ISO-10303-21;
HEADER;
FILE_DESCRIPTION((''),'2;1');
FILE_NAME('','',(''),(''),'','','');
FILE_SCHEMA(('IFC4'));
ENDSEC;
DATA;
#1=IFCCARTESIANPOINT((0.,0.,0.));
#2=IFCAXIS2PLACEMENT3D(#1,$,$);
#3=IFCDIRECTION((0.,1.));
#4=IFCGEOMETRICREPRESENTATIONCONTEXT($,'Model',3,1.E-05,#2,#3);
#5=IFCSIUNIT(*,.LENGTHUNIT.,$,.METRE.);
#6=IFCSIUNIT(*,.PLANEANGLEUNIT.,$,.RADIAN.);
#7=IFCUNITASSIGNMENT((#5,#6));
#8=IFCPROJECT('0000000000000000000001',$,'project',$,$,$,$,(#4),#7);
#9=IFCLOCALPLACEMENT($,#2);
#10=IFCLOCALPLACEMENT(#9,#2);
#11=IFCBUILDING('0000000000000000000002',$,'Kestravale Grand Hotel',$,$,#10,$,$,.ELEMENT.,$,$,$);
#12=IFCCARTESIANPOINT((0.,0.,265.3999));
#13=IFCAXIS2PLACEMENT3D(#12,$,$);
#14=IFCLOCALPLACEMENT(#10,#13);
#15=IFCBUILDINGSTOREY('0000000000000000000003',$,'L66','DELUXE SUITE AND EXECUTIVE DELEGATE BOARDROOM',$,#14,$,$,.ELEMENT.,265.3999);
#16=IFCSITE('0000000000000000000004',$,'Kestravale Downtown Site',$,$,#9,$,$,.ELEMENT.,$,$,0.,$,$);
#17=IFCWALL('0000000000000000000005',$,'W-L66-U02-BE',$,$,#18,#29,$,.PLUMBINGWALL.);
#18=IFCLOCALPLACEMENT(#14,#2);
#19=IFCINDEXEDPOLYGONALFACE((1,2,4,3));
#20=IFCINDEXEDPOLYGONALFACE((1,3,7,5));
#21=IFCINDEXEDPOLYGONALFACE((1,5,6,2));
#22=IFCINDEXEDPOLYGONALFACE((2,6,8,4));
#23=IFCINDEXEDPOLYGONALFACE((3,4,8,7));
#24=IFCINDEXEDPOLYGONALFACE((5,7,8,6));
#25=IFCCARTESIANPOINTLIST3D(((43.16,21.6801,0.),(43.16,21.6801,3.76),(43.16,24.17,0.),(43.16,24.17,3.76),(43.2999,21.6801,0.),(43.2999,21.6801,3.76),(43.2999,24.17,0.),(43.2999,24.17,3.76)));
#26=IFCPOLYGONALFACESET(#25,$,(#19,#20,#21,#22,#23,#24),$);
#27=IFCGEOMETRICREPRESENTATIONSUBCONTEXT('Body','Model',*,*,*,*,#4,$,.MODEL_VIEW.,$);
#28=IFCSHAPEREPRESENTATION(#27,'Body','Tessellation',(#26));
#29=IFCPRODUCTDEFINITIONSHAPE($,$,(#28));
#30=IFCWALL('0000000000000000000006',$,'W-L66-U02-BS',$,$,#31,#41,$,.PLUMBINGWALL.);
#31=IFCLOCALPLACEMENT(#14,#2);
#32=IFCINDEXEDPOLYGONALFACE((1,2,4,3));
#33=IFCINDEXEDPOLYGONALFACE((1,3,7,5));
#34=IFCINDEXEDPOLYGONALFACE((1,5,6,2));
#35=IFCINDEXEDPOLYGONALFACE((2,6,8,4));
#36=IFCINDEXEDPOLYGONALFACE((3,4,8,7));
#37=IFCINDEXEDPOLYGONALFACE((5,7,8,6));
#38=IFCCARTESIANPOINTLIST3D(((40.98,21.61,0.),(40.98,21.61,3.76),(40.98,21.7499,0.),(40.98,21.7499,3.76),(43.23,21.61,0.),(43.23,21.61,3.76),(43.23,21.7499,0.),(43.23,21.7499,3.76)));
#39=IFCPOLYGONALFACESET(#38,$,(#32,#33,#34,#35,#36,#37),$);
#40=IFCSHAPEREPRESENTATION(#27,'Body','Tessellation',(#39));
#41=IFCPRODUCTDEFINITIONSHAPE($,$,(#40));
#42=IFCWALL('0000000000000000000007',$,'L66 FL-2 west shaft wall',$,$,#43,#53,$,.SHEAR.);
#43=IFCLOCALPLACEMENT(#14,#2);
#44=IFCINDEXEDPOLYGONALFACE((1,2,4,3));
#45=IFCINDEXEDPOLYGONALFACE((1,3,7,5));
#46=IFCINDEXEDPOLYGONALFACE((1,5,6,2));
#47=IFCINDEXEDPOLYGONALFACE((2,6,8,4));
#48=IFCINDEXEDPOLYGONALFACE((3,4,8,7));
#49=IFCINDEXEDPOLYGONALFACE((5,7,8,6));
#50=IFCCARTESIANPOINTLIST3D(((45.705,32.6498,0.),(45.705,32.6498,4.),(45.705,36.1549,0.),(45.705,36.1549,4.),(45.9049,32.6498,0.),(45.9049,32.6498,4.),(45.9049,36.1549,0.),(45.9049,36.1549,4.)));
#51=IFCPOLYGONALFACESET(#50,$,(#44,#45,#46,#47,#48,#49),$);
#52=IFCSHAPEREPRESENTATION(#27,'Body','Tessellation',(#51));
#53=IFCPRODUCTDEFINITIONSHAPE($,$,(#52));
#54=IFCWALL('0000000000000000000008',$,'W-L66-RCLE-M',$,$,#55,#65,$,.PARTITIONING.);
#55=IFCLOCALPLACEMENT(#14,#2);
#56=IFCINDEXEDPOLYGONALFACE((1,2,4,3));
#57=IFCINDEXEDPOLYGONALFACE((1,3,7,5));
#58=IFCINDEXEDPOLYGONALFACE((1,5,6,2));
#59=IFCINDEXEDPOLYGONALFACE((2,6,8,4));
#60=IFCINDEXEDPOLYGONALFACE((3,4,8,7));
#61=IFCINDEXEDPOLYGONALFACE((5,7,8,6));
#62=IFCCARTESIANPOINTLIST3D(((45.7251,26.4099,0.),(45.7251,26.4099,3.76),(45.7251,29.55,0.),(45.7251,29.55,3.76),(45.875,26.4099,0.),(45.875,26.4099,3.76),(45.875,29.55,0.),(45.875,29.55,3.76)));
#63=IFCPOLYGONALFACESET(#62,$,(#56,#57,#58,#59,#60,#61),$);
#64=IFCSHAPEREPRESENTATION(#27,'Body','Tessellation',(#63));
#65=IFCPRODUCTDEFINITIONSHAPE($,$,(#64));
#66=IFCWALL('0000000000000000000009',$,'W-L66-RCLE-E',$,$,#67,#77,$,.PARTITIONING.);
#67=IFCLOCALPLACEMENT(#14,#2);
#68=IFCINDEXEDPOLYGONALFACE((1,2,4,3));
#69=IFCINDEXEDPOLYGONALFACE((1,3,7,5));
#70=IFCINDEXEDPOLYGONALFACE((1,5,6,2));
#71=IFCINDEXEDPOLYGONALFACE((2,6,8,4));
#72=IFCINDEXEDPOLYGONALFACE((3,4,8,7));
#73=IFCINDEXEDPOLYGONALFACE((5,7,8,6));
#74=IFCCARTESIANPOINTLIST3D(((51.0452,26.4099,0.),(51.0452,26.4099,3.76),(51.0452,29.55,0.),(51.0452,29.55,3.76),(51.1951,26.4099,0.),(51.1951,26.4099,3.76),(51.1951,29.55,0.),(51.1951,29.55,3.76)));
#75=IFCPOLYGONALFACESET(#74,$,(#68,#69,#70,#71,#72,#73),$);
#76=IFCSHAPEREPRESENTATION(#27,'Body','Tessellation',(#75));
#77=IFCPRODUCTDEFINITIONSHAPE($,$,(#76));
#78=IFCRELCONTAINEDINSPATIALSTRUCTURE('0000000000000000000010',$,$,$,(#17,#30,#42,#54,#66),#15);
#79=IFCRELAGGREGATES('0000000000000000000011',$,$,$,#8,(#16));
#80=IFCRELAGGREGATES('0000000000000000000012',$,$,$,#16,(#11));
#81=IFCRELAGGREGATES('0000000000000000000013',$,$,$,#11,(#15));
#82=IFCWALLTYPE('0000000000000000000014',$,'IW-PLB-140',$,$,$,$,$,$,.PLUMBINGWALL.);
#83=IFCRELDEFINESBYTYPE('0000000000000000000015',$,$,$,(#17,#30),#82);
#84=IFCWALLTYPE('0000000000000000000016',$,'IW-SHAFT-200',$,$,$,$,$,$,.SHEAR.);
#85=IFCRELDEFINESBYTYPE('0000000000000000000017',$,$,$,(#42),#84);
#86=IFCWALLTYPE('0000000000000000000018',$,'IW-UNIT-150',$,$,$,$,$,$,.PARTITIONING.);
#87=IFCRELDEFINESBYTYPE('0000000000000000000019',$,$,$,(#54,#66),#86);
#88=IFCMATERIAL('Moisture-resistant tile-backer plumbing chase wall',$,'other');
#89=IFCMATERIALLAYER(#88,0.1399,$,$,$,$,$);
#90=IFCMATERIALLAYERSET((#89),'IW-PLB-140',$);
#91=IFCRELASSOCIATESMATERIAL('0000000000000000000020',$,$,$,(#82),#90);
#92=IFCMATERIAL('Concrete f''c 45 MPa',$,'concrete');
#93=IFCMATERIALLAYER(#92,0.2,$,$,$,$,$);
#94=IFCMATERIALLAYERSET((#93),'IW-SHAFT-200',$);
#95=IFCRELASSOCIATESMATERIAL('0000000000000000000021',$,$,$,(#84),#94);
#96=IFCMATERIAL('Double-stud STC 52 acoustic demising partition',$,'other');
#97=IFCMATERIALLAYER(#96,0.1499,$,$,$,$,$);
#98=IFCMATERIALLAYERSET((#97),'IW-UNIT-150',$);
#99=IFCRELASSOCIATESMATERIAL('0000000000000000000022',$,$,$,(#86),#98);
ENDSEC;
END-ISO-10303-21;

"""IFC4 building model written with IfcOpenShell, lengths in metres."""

from ifc_helpers import new_model, si_unit, direction, frame, frame_2d, origin, place, context, subcontext, project, spatial, rectangle, extrude, material, layer, layer_set, type_object, element, save


model = new_model("IFC4")

# Units and contexts
model_context = context("Model", 3, precision=1e-05, world=origin(), true_north=direction((0.0, 1.0)))
body_context = subcontext(model_context, "Body", "Model", "MODEL_VIEW")
ifc_project = project(units=[si_unit("LENGTHUNIT", "METRE"), si_unit("PLANEANGLEUNIT", "RADIAN")], contexts=[model_context])

# Site, building, storey
site_placement = place(None, origin())
site = spatial("IfcSite", under=ifc_project, at=site_placement, Name="Kestravale Downtown Site", CompositionType="ELEMENT", RefElevation=0.0)
building_placement = place(site_placement, origin())
building = spatial("IfcBuilding", under=site, at=building_placement, Name="Kestravale Grand Hotel", CompositionType="ELEMENT")
storey_placement = place(building_placement, frame((0.0, 0.0, 265.3999)))
storey = spatial("IfcBuildingStorey", under=building, at=storey_placement, Name="L66", Description="DELUXE SUITE AND EXECUTIVE DELEGATE BOARDROOM", CompositionType="ELEMENT", Elevation=265.3999)

# Shared definitions
ifc_material_1 = material(Name="Moisture-resistant tile-backer plumbing chase wall", Category="other")
ifc_layer_1 = layer(ifc_material_1, 0.1399)
ifc_layer_set_1 = layer_set([ifc_layer_1], Name="IW-PLB-140")
wall_type_1 = type_object("IfcWallType", Name="IW-PLB-140", PredefinedType="PLUMBINGWALL", material=ifc_layer_set_1)

# Walls
wall_1_placement = place(storey_placement, frame((43.23, 21.6799, 0.0), z_axis=(0.0, 0.0, 1.0), x_axis=(0.0, 1.0, 0.0)))
element("IfcWall", 1, at=wall_1_placement, inside=storey, type_object=wall_type_1, Name="W-L66-U02-BE", PredefinedType="PLUMBINGWALL", context=body_context, shape_type="SweptSolid", body=[
    extrude(rectangle(XDim=2.49, YDim=0.1399, at=frame_2d((1.2451, 0.0))), origin(), (0.0, 0.0, 1.0), 3.76),
])
wall_2_placement = place(storey_placement, frame((40.98, 21.6799, 0.0), z_axis=(0.0, 0.0, 1.0), x_axis=(1.0, 0.0, 0.0)))
element("IfcWall", 2, at=wall_2_placement, inside=storey, type_object=wall_type_1, Name="W-L66-U02-BS", PredefinedType="PLUMBINGWALL", context=body_context, shape_type="SweptSolid", body=[
    extrude(rectangle(XDim=2.25, YDim=0.1399, at=frame_2d((1.125, 0.0))), origin(), (0.0, 0.0, 1.0), 3.76),
])
ifc_material_2 = material(Name="Concrete f'c 45 MPa", Category="concrete")
ifc_layer_2 = layer(ifc_material_2, 0.2)
ifc_layer_set_2 = layer_set([ifc_layer_2], Name="IW-SHAFT-200")
wall_type_2 = type_object("IfcWallType", Name="IW-SHAFT-200", PredefinedType="SHEAR", material=ifc_layer_set_2)
wall_3_placement = place(storey_placement, frame((45.8049, 32.6499, 0.0), z_axis=(0.0, 0.0, 1.0), x_axis=(0.0, 1.0, 0.0)))
element("IfcWall", 3, at=wall_3_placement, inside=storey, type_object=wall_type_2, Name="L66 FL-2 west shaft wall", PredefinedType="SHEAR", context=body_context, shape_type="SweptSolid", body=[
    extrude(rectangle(XDim=3.5051, YDim=0.2, at=frame_2d((1.7524, 0.0))), origin(), (0.0, 0.0, 1.0), 4.0),
])
ifc_material_3 = material(Name="Double-stud STC 52 acoustic demising partition", Category="other")
ifc_layer_3 = layer(ifc_material_3, 0.1499)
ifc_layer_set_3 = layer_set([ifc_layer_3], Name="IW-UNIT-150")
wall_type_3 = type_object("IfcWallType", Name="IW-UNIT-150", PredefinedType="PARTITIONING", material=ifc_layer_set_3)
for number, where, z_axis, x_axis, name in (
    (4, (45.8, 26.4099, 0.0), (0.0, 0.0, 1.0), (0.0, 1.0, 0.0), "W-L66-RCLE-M"),
    (5, (51.1201, 26.4099, 0.0), (0.0, 0.0, 1.0), (0.0, 1.0, 0.0), "W-L66-RCLE-E"),
):
    element("IfcWall", number, at=place(storey_placement, frame(where, z_axis=z_axis, x_axis=x_axis)), inside=storey, type_object=wall_type_3, Name=name, PredefinedType="PARTITIONING", context=body_context, shape_type="SweptSolid", body=[
        extrude(rectangle(XDim=3.1401, YDim=0.1499, at=frame_2d((1.5701, 0.0))), origin(), (0.0, 0.0, 1.0), 3.76),
    ])

save(model, "model.ifc")
